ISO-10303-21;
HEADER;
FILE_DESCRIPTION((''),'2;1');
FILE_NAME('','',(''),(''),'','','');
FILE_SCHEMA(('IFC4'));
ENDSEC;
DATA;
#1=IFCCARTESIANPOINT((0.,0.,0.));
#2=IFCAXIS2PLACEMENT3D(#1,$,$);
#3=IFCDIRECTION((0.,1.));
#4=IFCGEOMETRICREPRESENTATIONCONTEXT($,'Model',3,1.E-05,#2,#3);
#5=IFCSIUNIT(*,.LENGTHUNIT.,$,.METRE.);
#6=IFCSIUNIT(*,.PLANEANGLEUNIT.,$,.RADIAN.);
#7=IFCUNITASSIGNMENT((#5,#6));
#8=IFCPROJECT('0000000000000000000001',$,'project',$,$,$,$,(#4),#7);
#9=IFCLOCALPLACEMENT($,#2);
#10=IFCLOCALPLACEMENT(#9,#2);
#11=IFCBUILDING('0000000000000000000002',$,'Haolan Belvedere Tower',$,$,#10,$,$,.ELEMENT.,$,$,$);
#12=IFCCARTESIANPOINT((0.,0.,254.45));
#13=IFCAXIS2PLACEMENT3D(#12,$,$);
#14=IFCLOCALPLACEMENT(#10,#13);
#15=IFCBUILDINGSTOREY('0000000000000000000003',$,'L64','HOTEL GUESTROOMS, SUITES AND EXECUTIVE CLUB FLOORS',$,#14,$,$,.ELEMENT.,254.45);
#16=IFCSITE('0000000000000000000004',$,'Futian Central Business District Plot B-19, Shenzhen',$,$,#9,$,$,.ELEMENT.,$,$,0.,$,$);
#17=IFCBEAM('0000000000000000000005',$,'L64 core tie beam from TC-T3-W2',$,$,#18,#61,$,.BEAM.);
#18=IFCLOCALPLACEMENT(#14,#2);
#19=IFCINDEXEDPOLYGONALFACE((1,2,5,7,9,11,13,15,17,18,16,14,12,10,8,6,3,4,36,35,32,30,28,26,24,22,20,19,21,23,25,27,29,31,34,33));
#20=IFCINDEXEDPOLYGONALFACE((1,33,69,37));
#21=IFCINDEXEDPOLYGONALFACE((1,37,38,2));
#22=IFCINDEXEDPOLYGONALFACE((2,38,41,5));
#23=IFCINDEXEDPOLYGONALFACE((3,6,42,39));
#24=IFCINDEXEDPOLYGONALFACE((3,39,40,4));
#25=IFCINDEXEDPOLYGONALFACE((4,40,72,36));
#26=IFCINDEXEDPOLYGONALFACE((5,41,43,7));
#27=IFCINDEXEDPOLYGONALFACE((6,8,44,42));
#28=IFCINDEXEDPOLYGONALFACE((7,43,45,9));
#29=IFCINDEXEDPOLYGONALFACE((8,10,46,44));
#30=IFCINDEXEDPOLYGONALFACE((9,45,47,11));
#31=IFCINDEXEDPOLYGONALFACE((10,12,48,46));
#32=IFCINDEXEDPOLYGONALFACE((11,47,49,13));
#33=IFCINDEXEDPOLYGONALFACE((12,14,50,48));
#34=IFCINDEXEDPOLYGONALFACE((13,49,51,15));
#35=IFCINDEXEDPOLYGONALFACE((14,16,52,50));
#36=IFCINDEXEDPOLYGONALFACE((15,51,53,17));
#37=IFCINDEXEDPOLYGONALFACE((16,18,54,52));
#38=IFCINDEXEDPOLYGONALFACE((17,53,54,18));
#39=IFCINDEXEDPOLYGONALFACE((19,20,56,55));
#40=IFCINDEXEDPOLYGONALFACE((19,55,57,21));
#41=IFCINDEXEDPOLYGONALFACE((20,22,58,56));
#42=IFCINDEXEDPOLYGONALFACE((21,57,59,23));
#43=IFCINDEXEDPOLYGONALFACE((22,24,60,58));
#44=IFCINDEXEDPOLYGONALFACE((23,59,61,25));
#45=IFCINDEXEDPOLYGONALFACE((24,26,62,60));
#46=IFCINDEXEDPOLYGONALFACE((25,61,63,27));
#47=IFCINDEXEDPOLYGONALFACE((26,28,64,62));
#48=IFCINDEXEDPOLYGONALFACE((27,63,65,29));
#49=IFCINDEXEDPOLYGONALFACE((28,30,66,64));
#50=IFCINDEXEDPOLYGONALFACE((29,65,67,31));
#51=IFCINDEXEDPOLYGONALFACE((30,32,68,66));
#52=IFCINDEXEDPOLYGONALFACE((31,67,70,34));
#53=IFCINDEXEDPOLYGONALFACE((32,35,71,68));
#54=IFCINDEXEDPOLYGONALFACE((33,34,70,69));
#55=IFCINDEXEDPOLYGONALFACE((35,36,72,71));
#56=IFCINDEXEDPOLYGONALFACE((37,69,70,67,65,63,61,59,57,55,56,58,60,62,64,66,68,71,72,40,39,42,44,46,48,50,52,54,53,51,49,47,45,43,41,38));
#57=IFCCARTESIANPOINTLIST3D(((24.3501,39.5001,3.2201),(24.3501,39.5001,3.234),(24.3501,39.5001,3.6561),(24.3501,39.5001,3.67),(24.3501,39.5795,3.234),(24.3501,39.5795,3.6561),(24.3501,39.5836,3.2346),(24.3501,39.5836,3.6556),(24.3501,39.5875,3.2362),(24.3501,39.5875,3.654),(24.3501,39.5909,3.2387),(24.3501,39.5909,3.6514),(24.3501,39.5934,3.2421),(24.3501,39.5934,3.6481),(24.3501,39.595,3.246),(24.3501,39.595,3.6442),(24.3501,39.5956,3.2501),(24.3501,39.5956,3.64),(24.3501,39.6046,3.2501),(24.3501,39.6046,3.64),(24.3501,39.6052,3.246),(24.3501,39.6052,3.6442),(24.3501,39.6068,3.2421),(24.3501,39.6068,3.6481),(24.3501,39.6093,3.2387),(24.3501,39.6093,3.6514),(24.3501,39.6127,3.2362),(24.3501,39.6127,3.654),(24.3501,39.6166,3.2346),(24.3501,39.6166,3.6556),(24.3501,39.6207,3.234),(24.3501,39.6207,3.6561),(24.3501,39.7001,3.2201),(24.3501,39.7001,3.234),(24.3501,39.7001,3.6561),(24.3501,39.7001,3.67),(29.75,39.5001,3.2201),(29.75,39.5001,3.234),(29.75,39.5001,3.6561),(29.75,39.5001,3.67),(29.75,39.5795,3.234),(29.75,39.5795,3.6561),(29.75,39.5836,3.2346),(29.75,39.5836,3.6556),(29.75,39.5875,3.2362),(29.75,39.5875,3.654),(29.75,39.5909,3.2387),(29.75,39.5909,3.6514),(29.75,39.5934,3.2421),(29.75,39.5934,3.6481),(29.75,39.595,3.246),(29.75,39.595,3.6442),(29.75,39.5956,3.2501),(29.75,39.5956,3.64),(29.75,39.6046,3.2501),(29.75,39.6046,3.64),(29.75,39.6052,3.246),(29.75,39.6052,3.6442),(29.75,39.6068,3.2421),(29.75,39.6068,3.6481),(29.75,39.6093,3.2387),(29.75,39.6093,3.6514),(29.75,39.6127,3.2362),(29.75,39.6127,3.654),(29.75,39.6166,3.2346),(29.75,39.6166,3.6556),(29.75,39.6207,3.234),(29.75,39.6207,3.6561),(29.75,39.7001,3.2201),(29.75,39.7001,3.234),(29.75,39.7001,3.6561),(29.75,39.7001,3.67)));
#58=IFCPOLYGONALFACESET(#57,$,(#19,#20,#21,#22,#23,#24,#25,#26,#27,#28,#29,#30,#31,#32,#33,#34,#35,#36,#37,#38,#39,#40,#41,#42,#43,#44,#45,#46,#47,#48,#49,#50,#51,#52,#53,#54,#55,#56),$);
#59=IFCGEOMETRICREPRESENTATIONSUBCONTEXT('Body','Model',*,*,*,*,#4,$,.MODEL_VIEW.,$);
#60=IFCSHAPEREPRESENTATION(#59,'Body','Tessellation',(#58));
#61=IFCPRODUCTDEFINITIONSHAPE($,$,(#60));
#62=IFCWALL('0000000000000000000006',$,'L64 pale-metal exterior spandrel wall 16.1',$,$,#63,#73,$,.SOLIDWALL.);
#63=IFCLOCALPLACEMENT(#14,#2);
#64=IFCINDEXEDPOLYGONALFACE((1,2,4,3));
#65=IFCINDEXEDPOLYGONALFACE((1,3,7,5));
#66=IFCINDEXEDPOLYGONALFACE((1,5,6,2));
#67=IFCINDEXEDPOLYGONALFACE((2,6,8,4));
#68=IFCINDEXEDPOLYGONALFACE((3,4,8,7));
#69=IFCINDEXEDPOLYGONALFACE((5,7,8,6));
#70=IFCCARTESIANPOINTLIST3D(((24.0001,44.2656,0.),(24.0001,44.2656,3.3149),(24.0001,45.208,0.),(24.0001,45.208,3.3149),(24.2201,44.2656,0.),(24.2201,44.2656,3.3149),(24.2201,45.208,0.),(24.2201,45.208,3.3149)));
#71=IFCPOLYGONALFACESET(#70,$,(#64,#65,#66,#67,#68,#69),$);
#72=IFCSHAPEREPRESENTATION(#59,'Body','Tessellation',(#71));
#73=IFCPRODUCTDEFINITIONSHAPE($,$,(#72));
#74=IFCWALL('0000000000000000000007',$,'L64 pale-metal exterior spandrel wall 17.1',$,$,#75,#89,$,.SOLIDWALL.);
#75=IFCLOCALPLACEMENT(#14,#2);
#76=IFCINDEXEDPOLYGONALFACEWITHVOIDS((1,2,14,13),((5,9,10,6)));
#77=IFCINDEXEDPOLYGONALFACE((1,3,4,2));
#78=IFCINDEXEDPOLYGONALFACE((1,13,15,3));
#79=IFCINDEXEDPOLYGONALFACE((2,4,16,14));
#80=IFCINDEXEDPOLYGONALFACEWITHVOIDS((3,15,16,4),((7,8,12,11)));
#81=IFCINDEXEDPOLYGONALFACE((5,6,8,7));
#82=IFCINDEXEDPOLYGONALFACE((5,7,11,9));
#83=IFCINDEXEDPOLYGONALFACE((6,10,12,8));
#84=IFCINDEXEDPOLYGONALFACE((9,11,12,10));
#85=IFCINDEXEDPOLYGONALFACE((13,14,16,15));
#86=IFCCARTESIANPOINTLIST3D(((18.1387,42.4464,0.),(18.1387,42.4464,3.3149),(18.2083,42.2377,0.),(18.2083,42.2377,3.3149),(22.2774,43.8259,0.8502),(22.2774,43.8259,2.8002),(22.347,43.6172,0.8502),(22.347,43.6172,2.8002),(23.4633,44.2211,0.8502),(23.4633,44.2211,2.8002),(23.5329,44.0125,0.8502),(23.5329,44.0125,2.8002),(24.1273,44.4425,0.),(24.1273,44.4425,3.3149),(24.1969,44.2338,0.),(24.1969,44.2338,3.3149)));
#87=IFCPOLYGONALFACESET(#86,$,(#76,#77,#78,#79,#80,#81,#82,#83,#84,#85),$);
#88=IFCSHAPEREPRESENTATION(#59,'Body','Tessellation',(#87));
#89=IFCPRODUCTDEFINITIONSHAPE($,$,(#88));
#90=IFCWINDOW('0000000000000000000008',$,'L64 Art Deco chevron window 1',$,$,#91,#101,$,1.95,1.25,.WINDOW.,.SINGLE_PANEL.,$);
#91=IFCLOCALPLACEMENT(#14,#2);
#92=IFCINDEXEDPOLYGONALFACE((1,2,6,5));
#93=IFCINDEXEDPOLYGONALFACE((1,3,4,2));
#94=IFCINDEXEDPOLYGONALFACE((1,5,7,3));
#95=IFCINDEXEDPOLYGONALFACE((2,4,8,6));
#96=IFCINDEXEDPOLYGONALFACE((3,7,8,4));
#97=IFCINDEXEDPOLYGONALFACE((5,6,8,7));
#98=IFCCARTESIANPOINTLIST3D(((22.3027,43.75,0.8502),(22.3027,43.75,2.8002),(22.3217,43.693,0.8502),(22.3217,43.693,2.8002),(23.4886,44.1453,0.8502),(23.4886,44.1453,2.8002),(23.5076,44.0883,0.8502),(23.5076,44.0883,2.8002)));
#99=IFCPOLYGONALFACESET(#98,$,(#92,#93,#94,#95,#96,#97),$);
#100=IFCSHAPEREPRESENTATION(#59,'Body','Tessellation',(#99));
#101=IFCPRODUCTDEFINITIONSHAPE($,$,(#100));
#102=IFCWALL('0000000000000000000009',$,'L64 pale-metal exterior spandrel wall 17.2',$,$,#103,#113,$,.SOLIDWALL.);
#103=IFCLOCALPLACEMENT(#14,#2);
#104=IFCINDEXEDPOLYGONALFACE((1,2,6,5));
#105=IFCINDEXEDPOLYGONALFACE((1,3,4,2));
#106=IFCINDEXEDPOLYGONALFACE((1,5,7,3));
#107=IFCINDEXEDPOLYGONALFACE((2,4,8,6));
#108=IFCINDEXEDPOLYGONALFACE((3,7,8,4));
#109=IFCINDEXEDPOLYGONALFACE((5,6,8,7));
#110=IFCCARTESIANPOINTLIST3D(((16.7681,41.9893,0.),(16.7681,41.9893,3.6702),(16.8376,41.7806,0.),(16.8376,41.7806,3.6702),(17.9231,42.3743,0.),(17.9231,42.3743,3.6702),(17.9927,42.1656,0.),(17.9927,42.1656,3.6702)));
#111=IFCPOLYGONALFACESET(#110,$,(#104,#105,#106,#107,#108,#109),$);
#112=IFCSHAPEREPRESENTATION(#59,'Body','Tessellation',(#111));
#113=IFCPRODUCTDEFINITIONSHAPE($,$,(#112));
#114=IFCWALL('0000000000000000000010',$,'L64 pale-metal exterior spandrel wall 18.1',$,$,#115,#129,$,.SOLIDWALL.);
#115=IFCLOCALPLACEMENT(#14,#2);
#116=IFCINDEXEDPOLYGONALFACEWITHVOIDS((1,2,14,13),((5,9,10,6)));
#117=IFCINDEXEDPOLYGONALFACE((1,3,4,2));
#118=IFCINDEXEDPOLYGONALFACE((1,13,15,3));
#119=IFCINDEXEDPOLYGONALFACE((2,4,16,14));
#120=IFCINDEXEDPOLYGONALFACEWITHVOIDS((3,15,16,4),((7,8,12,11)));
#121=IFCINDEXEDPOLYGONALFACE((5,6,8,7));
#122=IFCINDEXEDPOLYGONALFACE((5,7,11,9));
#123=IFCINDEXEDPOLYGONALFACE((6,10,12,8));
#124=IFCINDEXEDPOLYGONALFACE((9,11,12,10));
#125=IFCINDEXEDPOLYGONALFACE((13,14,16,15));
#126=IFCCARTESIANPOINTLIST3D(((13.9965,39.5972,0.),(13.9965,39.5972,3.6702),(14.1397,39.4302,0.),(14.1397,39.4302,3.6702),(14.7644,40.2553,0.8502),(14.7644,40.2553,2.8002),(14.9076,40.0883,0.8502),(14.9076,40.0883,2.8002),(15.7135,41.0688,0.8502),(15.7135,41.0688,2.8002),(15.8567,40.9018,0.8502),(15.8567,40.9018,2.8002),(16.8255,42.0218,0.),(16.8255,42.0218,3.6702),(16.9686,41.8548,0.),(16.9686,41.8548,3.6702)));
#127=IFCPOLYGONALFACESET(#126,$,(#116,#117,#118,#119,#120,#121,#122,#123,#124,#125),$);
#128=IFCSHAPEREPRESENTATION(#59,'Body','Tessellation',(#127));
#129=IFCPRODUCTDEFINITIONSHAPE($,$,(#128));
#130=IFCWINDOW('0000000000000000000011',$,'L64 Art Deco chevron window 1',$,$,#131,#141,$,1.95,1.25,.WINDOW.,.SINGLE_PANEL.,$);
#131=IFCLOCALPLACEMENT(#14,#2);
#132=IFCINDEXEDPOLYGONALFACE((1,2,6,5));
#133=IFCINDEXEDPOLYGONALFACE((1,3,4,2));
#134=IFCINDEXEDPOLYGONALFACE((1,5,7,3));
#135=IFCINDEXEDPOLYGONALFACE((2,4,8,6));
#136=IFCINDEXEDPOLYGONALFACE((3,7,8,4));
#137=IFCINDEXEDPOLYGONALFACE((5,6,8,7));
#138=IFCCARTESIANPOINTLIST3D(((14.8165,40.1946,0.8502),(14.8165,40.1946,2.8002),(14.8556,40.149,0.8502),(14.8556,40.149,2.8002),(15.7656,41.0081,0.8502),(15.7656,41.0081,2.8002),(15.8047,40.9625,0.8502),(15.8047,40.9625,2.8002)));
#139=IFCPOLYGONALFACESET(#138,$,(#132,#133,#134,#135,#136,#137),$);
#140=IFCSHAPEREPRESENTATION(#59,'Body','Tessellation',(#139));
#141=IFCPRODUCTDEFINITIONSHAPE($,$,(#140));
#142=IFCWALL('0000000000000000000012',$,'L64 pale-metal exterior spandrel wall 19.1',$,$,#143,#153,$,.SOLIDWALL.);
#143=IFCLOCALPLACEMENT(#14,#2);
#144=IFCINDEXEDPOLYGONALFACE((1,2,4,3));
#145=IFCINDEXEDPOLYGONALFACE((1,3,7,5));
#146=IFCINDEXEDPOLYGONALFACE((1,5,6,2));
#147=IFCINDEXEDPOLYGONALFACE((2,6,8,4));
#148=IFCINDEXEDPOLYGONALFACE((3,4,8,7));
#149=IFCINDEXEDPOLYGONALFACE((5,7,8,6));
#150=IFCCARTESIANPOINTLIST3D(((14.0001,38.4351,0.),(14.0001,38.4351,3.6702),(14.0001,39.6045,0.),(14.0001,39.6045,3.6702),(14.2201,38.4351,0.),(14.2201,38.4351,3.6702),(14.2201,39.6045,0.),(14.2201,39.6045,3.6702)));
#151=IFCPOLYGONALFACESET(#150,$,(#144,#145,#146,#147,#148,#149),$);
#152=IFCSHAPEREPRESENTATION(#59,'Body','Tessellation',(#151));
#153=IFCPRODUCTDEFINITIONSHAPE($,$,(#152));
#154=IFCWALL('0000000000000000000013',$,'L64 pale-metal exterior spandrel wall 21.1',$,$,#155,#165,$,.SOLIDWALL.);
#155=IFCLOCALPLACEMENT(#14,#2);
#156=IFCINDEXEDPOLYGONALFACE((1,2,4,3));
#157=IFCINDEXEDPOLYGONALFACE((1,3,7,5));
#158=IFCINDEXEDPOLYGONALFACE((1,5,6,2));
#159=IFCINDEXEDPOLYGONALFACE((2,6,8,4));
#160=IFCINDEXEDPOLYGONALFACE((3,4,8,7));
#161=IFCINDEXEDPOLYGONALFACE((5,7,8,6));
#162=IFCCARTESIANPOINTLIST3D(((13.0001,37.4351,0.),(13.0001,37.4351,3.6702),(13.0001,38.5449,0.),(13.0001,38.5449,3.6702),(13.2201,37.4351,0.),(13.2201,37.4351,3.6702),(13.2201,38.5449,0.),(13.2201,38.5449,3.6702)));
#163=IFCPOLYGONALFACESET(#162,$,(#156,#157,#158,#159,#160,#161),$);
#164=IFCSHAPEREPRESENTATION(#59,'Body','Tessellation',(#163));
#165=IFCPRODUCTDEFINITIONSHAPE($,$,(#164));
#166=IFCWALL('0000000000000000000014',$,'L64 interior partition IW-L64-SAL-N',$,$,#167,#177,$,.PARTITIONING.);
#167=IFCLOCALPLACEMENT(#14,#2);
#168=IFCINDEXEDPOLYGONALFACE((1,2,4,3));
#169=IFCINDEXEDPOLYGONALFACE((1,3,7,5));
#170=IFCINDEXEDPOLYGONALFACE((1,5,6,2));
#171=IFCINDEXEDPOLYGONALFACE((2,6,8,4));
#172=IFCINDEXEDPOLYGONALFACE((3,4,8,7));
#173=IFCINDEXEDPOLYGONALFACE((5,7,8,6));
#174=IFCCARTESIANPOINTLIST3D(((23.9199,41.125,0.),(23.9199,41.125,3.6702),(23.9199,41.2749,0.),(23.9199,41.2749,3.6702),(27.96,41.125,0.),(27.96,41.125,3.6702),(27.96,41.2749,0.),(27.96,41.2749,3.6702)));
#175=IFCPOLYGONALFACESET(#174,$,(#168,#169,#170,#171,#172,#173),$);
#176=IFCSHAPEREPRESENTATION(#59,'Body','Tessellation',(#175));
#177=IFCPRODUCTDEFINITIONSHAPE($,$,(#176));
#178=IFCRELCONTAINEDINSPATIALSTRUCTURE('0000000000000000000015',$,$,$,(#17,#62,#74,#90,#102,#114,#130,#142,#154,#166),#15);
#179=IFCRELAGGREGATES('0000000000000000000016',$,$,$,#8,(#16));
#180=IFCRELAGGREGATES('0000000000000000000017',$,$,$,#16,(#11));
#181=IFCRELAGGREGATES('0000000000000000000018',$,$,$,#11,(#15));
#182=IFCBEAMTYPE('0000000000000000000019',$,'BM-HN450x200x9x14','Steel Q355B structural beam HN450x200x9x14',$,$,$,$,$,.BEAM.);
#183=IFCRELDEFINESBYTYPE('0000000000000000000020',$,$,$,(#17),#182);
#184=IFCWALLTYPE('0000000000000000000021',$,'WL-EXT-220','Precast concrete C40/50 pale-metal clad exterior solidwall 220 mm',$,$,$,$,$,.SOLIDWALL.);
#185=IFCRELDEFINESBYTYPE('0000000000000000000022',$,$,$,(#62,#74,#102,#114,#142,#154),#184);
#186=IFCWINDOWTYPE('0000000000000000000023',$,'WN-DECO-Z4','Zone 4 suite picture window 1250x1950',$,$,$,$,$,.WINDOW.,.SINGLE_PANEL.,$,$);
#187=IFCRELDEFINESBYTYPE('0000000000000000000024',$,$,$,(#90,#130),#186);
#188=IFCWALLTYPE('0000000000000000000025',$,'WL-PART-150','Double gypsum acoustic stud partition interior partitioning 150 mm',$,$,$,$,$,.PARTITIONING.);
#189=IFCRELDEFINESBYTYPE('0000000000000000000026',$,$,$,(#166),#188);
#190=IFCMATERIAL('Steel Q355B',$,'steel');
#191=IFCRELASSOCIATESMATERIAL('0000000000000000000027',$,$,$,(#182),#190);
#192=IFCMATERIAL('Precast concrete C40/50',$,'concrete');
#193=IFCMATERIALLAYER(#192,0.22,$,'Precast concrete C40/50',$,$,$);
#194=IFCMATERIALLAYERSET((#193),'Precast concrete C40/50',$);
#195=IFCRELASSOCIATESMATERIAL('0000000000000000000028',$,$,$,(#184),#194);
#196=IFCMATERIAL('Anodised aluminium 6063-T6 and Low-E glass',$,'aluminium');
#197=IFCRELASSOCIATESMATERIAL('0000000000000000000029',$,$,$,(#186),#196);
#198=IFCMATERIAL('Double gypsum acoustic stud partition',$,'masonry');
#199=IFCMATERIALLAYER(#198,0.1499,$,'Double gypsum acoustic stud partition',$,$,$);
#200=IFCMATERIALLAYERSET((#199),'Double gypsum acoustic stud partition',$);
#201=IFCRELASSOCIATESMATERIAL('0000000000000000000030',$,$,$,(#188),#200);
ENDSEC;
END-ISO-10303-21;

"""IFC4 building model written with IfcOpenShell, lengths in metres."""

from ifc_helpers import new_model, si_unit, direction, frame, frame_2d, origin, origin_2d, place, context, subcontext, project, spatial, rectangle, i_section, extrude, material, layer, layer_set, material_profile, profile_set, type_object, element, fill, save


model = new_model("IFC4")

# Units and contexts
model_context = context("Model", 3, precision=1e-05, world=origin(), true_north=direction((0.0, 1.0)))
body_context = subcontext(model_context, "Body", "Model", "MODEL_VIEW")
ifc_project = project(units=[si_unit("LENGTHUNIT", "METRE"), si_unit("PLANEANGLEUNIT", "RADIAN")], contexts=[model_context])

# Site, building, storey
site_placement = place(None, origin())
site = spatial("IfcSite", under=ifc_project, at=site_placement, Name="Futian Central Business District Plot B-19, Shenzhen", CompositionType="ELEMENT", RefElevation=0.0)
building_placement = place(site_placement, origin())
building = spatial("IfcBuilding", under=site, at=building_placement, Name="Haolan Belvedere Tower", CompositionType="ELEMENT")
storey_placement = place(building_placement, frame((0.0, 0.0, 254.45)))
storey = spatial("IfcBuildingStorey", under=building, at=storey_placement, Name="L64", Description="HOTEL GUESTROOMS, SUITES AND EXECUTIVE CLUB FLOORS", CompositionType="ELEMENT", Elevation=254.45)

# Beam
ifc_material_1 = material(Name="Steel Q355B", Category="steel")
ifc_material_profile_1 = material_profile(ifc_material_1, i_section(OverallWidth=0.2, OverallDepth=0.45, WebThickness=0.009, FlangeThickness=0.0139, FilletRadius=0.0161, at=origin_2d()), Name="Steel Q355B")
ifc_profile_set_1 = profile_set([ifc_material_profile_1], Name="Steel Q355B")
beam_type_1 = type_object("IfcBeamType", Name="BM-HN450x200x9x14", Description="Steel Q355B structural beam HN450x200x9x14", PredefinedType="BEAM", material=ifc_profile_set_1)
beam_1_placement = place(storey_placement, frame((24.3501, 39.6001, 3.4451), z_axis=(1.0, 0.0, 0.0), x_axis=(0.0, 1.0, 0.0)))
element("IfcBeam", 1, at=beam_1_placement, inside=storey, type_object=beam_type_1, Name="L64 core tie beam from TC-T3-W2", PredefinedType="BEAM", context=body_context, shape_type="SweptSolid", body=[
    extrude(i_section(OverallWidth=0.2, OverallDepth=0.45, WebThickness=0.009, FlangeThickness=0.0139, FilletRadius=0.0161, at=origin_2d()), origin(), (0.0, 0.0, 1.0), 5.3999),
])

# Wall
ifc_material_2 = material(Name="Precast concrete C40/50", Category="concrete")
ifc_layer_1 = layer(ifc_material_2, 0.22, Name="Precast concrete C40/50")
ifc_layer_set_1 = layer_set([ifc_layer_1], Name="Precast concrete C40/50")
wall_type_1 = type_object("IfcWallType", Name="WL-EXT-220", Description="Precast concrete C40/50 pale-metal clad exterior solidwall 220 mm", PredefinedType="SOLIDWALL", material=ifc_layer_set_1)
wall_1_placement = place(storey_placement, frame((24.1101, 45.208, 0.0), z_axis=(0.0, 0.0, 1.0), x_axis=(0.0, -1.0, 0.0)))
element("IfcWall", 2, at=wall_1_placement, inside=storey, type_object=wall_type_1, Name="L64 pale-metal exterior spandrel wall 16.1", PredefinedType="SOLIDWALL", context=body_context, shape_type="SweptSolid", body=[
    extrude(rectangle(XDim=0.9424, YDim=0.22, at=frame_2d((0.4712, 0.0))), origin(), (0.0, 0.0, 1.0), 3.3149),
])

# Wall, opening, window
wall_2_placement = place(storey_placement, frame((24.1621, 44.3381, 0.0), z_axis=(0.0, 0.0, 1.0), x_axis=(-0.948687, -0.316216, 0.0)))
wall_2 = element("IfcWall", 3, at=wall_2_placement, inside=storey, type_object=wall_type_1, Name="L64 pale-metal exterior spandrel wall 17.1", PredefinedType="SOLIDWALL", context=body_context, shape_type="SweptSolid", body=[
    extrude(rectangle(XDim=6.3125, YDim=0.22, at=frame_2d((3.1562, 0.0))), origin(), (0.0, 0.0, 1.0), 3.3149),
])
opening_1_placement = place(wall_2_placement, frame((0.7, 0.0, 0.8501)))
opening_1 = element("IfcOpeningElement", 4, at=opening_1_placement, cuts=wall_2, PredefinedType="OPENING", context=body_context, shape_type="SweptSolid", body=[
    extrude(rectangle(XDim=1.25, YDim=1.95, at=frame_2d((0.625, 0.9751))), frame((0.0, 0.1199, 0.0), z_axis=(0.0, -1.0, 0.0), x_axis=(1.0, 0.0, 0.0)), (0.0, 0.0, 1.0), 0.24),
])
ifc_material_3 = material(Name="Anodised aluminium 6063-T6 and Low-E glass", Category="aluminium")
window_type = type_object("IfcWindowType", Name="WN-DECO-Z4", Description="Zone 4 suite picture window 1250x1950", PartitioningType="SINGLE_PANEL", PredefinedType="WINDOW", material=ifc_material_3)
window_1_placement = place(opening_1_placement, origin())
window_1 = element("IfcWindow", 5, at=window_1_placement, inside=storey, type_object=window_type, Name="L64 Art Deco chevron window 1", OverallHeight=1.95, OverallWidth=1.25, PartitioningType="SINGLE_PANEL", PredefinedType="WINDOW", context=body_context, shape_type="SweptSolid", body=[
    extrude(rectangle(XDim=1.25, YDim=1.95, at=frame_2d((0.625, 0.9751))), frame((0.0, 0.03, 0.0), z_axis=(0.0, -1.0, 0.0), x_axis=(1.0, 0.0, 0.0)), (0.0, 0.0, 1.0), 0.0601),
])
fill(opening_1, window_1)

# Wall
wall_3_placement = place(storey_placement, frame((17.958, 42.27, 0.0), z_axis=(0.0, 0.0, 1.0), x_axis=(-0.948683, -0.316228, 0.0)))
element("IfcWall", 6, at=wall_3_placement, inside=storey, type_object=wall_type_1, Name="L64 pale-metal exterior spandrel wall 17.2", PredefinedType="SOLIDWALL", context=body_context, shape_type="SweptSolid", body=[
    extrude(rectangle(XDim=1.2175, YDim=0.22, at=frame_2d((0.6089, 0.0))), origin(), (0.0, 0.0, 1.0), 3.6702),
])

# Wall, opening, window
wall_4_placement = place(storey_placement, frame((16.897, 41.9382, 0.0), z_axis=(0.0, 0.0, 1.0), x_axis=(-0.75928, -0.650764, 0.0)))
wall_4 = element("IfcWall", 7, at=wall_4_placement, inside=storey, type_object=wall_type_1, Name="L64 pale-metal exterior spandrel wall 18.1", PredefinedType="SOLIDWALL", context=body_context, shape_type="SweptSolid", body=[
    extrude(rectangle(XDim=3.7258, YDim=0.22, at=frame_2d((1.8628, 0.0))), origin(), (0.0, 0.0, 1.0), 3.6702),
])
opening_2_placement = place(wall_4_placement, frame((1.4644, 0.0, 0.8501)))
opening_2 = element("IfcOpeningElement", 8, at=opening_2_placement, cuts=wall_4, PredefinedType="OPENING", context=body_context, shape_type="SweptSolid", body=[
    extrude(rectangle(XDim=1.25, YDim=1.95, at=frame_2d((0.625, 0.9751))), frame((0.0, 0.1199, 0.0), z_axis=(0.0, -1.0, 0.0), x_axis=(1.0, 0.0, 0.0)), (0.0, 0.0, 1.0), 0.24),
])
window_2_placement = place(opening_2_placement, origin())
window_2 = element("IfcWindow", 9, at=window_2_placement, inside=storey, type_object=window_type, Name="L64 Art Deco chevron window 1", OverallHeight=1.95, OverallWidth=1.25, PartitioningType="SINGLE_PANEL", PredefinedType="WINDOW", context=body_context, shape_type="SweptSolid", body=[
    extrude(rectangle(XDim=1.25, YDim=1.95, at=frame_2d((0.625, 0.9751))), frame((0.0, 0.03, 0.0), z_axis=(0.0, -1.0, 0.0), x_axis=(1.0, 0.0, 0.0)), (0.0, 0.0, 1.0), 0.0601),
])
fill(opening_2, window_2)

# Walls
wall_5_placement = place(storey_placement, frame((14.1101, 39.6045, 0.0), z_axis=(0.0, 0.0, 1.0), x_axis=(0.0, -1.0, 0.0)))
element("IfcWall", 10, at=wall_5_placement, inside=storey, type_object=wall_type_1, Name="L64 pale-metal exterior spandrel wall 19.1", PredefinedType="SOLIDWALL", context=body_context, shape_type="SweptSolid", body=[
    extrude(rectangle(XDim=1.1694, YDim=0.22, at=frame_2d((0.5847, 0.0))), origin(), (0.0, 0.0, 1.0), 3.6702),
])
wall_6_placement = place(storey_placement, frame((13.1101, 38.5449, 0.0), z_axis=(0.0, 0.0, 1.0), x_axis=(0.0, -1.0, 0.0)))
element("IfcWall", 11, at=wall_6_placement, inside=storey, type_object=wall_type_1, Name="L64 pale-metal exterior spandrel wall 21.1", PredefinedType="SOLIDWALL", context=body_context, shape_type="SweptSolid", body=[
    extrude(rectangle(XDim=1.1099, YDim=0.22, at=frame_2d((0.5549, 0.0))), origin(), (0.0, 0.0, 1.0), 3.6702),
])
ifc_material_4 = material(Name="Double gypsum acoustic stud partition", Category="masonry")
ifc_layer_2 = layer(ifc_material_4, 0.1499, Name="Double gypsum acoustic stud partition")
ifc_layer_set_2 = layer_set([ifc_layer_2], Name="Double gypsum acoustic stud partition")
wall_type_2 = type_object("IfcWallType", Name="WL-PART-150", Description="Double gypsum acoustic stud partition interior partitioning 150 mm", PredefinedType="PARTITIONING", material=ifc_layer_set_2)
for number, where, z_axis, x_axis, name in (
    (12, (23.9199, 41.2, 0.0), (0.0, 0.0, 1.0), (1.0, 0.0, 0.0), "L64 interior partition IW-L64-SAL-N"),
):
    element("IfcWall", number, at=place(storey_placement, frame(where, z_axis=z_axis, x_axis=x_axis)), inside=storey, type_object=wall_type_2, Name=name, PredefinedType="PARTITIONING", context=body_context, shape_type="SweptSolid", body=[
        extrude(rectangle(XDim=4.04, YDim=0.1499, at=frame_2d((2.02, 0.0))), origin(), (0.0, 0.0, 1.0), 3.6702),
    ])

save(model, "model.ifc")
